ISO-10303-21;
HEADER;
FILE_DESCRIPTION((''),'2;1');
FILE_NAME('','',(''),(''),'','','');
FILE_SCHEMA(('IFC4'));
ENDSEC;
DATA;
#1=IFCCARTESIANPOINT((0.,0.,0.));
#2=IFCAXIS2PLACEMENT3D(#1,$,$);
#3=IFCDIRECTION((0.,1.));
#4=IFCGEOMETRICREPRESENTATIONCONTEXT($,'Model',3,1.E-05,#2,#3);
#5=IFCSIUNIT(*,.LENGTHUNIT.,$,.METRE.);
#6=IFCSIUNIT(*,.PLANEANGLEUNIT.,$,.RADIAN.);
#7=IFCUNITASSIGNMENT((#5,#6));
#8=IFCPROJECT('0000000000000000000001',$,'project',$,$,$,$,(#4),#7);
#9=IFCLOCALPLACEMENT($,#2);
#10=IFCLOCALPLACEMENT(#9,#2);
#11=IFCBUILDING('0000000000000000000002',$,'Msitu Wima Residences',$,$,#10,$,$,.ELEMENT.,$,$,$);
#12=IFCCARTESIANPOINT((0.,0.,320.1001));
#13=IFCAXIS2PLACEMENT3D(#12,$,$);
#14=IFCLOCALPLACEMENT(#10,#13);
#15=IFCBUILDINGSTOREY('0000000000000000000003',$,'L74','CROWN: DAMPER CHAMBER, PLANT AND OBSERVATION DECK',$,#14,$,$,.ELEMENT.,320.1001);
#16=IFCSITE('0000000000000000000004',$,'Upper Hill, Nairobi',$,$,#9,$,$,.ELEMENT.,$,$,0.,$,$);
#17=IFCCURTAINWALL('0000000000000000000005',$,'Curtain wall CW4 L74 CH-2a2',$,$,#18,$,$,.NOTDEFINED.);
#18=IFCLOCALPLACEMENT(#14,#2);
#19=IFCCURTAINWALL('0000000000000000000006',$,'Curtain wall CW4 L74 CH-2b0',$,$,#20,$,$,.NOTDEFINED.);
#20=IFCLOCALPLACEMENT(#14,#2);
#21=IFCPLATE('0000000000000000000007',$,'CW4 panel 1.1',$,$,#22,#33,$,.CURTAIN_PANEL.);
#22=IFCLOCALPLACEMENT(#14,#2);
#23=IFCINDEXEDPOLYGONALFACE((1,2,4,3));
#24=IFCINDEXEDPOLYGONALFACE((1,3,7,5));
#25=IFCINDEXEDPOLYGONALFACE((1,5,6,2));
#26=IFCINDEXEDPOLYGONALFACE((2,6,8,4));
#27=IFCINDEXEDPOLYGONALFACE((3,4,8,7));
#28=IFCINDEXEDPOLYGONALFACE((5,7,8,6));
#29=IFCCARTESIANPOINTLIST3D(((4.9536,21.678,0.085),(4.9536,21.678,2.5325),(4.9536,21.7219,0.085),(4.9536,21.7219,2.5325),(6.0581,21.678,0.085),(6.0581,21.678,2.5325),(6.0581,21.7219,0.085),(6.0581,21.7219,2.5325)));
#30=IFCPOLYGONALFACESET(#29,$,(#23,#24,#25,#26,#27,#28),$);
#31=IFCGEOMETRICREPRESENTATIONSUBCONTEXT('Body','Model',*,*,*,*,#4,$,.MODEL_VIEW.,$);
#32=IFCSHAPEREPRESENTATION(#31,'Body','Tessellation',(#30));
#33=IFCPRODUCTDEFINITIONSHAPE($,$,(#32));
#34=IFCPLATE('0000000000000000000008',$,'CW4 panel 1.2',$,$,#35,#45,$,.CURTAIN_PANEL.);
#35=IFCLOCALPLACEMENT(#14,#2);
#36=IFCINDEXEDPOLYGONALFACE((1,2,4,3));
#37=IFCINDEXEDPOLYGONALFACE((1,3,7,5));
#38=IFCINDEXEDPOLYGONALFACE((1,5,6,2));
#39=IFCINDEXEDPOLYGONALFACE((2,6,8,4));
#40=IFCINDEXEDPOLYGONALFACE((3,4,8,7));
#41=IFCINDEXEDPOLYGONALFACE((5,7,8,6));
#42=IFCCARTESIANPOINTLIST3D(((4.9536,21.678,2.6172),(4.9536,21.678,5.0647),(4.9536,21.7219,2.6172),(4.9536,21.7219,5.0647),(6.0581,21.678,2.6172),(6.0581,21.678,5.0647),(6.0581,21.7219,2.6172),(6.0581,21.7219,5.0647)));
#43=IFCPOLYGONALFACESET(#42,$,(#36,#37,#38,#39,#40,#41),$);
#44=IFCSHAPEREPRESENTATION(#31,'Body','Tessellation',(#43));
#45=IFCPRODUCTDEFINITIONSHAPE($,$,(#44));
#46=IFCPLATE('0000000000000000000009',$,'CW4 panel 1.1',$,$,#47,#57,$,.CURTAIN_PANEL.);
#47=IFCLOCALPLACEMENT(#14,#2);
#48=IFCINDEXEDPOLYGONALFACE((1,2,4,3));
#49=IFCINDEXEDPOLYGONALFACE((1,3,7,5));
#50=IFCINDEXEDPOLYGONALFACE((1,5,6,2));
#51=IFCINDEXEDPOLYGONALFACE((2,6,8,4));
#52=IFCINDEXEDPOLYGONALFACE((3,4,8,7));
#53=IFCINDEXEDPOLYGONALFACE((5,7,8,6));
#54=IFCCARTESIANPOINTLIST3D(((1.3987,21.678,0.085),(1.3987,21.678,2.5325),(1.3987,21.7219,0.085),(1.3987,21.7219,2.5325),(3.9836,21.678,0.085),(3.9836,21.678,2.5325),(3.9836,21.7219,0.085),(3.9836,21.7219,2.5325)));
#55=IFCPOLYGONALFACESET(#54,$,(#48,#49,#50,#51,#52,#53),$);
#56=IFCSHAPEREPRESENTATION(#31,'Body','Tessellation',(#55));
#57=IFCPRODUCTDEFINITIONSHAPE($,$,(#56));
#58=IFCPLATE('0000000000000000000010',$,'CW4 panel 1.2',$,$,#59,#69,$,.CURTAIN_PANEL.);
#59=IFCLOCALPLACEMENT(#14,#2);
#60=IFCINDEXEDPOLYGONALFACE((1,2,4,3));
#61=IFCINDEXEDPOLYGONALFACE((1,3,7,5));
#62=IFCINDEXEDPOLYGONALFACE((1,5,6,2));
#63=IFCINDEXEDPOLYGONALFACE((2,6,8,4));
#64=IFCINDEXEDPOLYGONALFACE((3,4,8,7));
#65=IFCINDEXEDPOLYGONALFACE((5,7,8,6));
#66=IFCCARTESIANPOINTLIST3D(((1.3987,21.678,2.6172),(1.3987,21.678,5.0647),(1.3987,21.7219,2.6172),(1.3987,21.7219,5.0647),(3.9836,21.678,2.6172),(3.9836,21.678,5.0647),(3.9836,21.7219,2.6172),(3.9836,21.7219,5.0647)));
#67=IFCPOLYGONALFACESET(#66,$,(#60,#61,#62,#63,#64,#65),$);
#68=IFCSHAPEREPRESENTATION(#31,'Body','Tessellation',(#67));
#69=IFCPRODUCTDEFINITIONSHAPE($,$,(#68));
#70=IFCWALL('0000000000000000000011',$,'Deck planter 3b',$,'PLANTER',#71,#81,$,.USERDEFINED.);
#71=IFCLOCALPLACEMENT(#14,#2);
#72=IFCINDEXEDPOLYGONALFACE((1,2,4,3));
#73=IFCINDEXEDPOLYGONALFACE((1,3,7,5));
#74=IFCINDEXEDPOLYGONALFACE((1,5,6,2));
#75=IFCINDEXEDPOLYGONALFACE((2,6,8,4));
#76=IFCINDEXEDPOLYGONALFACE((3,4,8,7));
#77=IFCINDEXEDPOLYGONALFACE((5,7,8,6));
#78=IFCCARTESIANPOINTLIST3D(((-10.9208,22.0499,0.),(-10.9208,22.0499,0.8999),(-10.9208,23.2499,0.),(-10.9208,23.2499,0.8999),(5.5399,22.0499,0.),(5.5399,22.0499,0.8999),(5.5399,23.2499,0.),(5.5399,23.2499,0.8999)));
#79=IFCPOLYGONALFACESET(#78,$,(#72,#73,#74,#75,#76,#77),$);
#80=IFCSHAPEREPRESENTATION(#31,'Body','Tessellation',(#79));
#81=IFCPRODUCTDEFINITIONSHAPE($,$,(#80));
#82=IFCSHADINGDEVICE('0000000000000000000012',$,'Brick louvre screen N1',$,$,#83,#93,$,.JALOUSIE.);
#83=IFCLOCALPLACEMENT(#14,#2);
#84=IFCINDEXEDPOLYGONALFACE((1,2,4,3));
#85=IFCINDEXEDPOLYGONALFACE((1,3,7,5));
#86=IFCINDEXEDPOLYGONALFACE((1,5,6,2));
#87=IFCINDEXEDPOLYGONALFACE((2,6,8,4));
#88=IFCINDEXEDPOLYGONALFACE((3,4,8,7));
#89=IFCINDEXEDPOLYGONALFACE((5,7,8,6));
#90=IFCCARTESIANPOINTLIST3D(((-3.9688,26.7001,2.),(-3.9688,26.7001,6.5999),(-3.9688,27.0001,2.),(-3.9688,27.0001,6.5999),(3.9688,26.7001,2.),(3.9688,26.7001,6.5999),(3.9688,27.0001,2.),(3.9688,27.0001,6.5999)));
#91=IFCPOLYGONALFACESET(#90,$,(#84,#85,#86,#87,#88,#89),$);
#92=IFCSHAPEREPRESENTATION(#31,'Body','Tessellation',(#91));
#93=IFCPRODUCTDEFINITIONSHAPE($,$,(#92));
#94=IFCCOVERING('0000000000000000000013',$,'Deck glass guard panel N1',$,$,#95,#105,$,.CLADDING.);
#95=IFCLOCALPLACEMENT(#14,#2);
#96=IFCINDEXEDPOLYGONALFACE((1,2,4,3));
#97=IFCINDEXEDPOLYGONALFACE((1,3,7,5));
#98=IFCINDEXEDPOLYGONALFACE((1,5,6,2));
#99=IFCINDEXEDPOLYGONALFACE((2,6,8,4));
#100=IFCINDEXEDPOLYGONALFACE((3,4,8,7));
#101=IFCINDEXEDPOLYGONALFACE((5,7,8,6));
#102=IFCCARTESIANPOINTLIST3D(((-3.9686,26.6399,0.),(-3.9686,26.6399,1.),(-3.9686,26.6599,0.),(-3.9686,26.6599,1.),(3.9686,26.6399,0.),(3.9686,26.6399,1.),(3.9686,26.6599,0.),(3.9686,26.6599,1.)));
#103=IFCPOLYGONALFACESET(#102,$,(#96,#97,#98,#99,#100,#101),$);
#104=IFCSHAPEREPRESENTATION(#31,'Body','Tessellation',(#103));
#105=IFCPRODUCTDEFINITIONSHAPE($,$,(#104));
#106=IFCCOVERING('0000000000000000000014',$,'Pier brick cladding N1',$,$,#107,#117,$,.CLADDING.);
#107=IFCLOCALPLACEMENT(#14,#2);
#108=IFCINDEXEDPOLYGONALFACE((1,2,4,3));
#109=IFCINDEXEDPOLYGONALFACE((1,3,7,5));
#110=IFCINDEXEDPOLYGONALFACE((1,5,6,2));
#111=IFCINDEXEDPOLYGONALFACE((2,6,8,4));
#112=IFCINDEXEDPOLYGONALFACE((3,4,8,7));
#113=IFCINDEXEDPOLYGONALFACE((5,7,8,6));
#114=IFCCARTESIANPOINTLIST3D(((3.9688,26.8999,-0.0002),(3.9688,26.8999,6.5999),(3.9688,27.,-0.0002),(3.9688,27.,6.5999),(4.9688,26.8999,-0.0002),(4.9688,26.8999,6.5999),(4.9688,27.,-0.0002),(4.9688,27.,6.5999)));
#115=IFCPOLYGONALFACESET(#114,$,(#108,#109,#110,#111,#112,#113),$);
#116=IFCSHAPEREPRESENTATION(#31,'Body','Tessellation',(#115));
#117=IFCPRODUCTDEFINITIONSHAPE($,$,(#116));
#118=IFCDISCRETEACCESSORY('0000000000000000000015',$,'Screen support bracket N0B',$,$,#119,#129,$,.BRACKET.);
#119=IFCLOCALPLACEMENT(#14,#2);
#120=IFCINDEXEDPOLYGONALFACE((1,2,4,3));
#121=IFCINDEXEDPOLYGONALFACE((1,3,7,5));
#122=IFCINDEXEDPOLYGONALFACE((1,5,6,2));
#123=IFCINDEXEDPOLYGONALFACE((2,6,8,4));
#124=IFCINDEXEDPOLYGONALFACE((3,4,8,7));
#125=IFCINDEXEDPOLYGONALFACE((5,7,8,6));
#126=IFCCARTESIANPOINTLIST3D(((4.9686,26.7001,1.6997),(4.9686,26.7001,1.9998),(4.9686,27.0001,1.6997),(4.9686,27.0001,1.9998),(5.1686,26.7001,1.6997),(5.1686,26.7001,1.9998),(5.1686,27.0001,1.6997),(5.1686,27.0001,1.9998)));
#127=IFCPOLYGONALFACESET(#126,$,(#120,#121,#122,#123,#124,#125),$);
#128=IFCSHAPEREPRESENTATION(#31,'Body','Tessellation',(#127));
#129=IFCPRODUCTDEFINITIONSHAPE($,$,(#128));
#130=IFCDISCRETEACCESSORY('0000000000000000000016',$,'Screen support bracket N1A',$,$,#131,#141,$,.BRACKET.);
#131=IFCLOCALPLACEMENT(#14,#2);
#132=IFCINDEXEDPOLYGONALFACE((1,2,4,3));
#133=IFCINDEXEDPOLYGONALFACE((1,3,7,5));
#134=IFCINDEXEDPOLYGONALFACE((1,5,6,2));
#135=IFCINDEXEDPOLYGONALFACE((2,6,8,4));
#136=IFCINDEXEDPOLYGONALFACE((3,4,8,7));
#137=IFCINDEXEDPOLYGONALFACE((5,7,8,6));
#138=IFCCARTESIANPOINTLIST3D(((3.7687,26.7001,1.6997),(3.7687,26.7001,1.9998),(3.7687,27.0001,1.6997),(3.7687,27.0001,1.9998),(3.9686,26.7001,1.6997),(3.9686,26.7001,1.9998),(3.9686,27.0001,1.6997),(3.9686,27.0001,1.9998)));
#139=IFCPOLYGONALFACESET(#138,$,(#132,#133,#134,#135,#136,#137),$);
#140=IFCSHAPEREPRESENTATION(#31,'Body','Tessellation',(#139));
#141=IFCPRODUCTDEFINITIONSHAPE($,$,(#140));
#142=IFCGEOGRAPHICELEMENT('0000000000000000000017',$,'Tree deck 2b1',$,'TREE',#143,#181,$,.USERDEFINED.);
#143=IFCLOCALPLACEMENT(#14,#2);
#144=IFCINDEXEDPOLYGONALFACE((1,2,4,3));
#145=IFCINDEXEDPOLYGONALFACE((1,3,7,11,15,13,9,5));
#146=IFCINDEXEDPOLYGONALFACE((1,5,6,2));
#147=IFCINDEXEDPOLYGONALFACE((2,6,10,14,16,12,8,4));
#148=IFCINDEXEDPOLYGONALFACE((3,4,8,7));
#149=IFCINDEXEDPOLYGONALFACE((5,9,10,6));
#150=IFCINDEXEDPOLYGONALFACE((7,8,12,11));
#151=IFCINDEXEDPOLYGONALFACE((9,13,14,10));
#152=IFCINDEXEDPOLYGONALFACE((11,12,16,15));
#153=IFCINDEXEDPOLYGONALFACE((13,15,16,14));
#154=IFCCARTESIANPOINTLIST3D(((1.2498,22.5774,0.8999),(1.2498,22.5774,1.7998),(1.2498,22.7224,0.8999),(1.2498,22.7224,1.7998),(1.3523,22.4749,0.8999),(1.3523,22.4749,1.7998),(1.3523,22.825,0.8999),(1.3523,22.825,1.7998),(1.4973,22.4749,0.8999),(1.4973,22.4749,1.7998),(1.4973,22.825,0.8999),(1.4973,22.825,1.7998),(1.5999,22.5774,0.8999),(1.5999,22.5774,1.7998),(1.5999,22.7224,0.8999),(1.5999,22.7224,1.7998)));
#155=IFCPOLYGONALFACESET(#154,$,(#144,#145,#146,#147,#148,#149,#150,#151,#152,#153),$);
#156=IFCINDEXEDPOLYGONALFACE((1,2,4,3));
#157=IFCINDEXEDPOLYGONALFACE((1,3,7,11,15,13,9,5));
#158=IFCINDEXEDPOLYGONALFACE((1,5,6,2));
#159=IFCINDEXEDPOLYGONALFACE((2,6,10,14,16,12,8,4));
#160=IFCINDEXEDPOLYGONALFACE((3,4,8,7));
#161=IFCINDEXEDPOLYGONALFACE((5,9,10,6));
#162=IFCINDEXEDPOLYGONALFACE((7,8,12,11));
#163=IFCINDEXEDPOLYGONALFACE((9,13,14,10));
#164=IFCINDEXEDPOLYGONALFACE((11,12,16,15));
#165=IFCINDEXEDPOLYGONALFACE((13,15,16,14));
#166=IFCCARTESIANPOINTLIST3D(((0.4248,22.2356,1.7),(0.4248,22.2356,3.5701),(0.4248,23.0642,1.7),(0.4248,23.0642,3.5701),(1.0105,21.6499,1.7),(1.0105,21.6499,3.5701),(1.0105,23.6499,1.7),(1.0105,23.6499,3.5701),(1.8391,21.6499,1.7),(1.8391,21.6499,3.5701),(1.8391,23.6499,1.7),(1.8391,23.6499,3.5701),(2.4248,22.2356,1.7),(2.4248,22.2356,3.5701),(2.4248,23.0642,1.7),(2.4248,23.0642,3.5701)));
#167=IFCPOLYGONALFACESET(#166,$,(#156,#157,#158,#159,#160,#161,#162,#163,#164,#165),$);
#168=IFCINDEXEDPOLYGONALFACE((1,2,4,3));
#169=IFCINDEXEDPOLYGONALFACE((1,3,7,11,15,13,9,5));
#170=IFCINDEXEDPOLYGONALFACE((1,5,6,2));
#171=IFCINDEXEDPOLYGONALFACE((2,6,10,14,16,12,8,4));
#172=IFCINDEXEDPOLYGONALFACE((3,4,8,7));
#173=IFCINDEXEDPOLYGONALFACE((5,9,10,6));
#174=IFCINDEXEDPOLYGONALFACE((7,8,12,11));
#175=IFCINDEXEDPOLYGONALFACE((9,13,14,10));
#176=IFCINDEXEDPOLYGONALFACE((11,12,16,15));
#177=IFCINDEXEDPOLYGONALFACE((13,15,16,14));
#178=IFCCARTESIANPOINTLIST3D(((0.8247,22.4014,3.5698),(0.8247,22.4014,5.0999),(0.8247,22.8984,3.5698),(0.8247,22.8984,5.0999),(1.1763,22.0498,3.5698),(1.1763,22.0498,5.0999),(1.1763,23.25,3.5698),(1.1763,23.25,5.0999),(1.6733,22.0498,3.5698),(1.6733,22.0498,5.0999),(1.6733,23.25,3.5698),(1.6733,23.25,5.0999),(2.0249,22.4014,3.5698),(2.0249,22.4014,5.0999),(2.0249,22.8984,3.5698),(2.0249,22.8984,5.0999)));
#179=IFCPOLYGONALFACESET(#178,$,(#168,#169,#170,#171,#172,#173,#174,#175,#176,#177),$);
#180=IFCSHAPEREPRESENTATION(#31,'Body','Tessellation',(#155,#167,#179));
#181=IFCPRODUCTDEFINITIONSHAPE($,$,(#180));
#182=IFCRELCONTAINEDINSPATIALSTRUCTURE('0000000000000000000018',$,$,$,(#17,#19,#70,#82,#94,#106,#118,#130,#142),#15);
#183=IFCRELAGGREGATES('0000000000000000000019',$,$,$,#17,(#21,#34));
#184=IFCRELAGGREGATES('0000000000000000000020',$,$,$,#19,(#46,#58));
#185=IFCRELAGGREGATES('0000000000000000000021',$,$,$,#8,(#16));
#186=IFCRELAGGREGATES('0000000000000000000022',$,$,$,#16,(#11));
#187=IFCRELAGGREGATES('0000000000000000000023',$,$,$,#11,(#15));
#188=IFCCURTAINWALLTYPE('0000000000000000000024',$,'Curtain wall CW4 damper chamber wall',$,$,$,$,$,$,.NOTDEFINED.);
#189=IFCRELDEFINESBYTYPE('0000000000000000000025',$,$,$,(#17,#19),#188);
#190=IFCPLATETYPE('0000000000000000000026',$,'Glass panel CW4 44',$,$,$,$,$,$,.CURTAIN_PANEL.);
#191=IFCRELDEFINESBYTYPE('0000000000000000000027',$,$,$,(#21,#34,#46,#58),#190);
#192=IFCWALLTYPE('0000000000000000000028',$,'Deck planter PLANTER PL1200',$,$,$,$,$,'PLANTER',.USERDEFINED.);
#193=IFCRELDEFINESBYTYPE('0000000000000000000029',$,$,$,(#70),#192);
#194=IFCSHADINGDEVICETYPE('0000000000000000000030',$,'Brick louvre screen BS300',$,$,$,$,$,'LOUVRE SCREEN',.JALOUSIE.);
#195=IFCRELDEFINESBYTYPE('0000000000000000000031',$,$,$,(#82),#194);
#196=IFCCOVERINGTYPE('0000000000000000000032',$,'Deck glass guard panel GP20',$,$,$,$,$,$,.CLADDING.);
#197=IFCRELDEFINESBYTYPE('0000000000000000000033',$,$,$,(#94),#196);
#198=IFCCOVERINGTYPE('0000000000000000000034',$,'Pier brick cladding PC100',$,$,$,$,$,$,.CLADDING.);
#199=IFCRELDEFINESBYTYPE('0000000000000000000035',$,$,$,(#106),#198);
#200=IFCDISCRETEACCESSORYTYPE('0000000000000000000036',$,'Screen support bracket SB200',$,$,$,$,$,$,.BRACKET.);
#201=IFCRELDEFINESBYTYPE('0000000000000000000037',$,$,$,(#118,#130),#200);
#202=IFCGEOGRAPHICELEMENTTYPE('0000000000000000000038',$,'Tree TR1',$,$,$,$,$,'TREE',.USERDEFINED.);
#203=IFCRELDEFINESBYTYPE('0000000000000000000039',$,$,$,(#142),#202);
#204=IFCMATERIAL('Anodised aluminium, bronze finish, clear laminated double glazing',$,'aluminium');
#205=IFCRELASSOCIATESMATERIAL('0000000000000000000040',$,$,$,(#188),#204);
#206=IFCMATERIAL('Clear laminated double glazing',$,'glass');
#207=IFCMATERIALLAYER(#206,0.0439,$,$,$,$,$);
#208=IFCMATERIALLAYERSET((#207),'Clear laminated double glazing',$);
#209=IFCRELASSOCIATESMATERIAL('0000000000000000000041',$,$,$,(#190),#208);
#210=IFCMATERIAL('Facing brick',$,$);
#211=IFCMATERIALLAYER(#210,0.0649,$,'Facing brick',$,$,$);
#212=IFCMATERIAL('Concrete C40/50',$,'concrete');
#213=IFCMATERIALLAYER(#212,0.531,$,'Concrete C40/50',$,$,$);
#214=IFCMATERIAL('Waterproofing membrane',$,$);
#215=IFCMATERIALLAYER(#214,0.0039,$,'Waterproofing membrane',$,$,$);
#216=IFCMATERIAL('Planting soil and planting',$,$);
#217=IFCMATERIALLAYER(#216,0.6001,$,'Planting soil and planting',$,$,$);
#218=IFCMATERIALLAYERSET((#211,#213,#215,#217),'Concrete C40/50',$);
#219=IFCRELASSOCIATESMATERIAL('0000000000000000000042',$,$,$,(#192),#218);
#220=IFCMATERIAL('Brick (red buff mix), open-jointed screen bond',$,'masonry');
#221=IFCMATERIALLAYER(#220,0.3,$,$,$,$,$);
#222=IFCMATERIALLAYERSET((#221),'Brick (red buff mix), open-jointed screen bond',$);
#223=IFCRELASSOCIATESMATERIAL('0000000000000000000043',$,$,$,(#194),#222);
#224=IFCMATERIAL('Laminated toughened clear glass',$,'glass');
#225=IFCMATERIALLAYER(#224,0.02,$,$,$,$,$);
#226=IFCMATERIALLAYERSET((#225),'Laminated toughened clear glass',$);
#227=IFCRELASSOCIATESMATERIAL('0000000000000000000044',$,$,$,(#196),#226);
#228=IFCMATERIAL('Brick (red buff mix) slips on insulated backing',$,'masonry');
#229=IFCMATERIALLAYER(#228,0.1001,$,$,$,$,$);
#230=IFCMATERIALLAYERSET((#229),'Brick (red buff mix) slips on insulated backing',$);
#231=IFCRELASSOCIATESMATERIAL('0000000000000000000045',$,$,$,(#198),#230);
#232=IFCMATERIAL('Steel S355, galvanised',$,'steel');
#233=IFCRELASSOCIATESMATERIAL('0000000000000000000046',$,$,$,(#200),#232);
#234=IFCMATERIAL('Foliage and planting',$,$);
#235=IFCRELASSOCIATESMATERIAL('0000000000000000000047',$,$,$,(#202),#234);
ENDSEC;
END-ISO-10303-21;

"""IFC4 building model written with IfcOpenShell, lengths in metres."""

from ifc_helpers import new_model, si_unit, direction, frame, frame_2d, origin, origin_2d, place, context, subcontext, project, spatial, polyline, rectangle, outline, extrude, material, layer, layer_set, type_object, element, aggregate, save


model = new_model("IFC4")

# Units and contexts
model_context = context("Model", 3, precision=1e-05, world=origin(), true_north=direction((0.0, 1.0)))
body_context = subcontext(model_context, "Body", "Model", "MODEL_VIEW")
ifc_project = project(units=[si_unit("LENGTHUNIT", "METRE"), si_unit("PLANEANGLEUNIT", "RADIAN")], contexts=[model_context])

# Site, building, storey
site_placement = place(None, origin())
site = spatial("IfcSite", under=ifc_project, at=site_placement, Name="Upper Hill, Nairobi", CompositionType="ELEMENT", RefElevation=0.0)
building_placement = place(site_placement, origin())
building = spatial("IfcBuilding", under=site, at=building_placement, Name="Msitu Wima Residences", CompositionType="ELEMENT")
storey_placement = place(building_placement, frame((0.0, 0.0, 320.1001)))
storey = spatial("IfcBuildingStorey", under=building, at=storey_placement, Name="L74", Description="CROWN: DAMPER CHAMBER, PLANT AND OBSERVATION DECK", CompositionType="ELEMENT", Elevation=320.1001)

# Curtain wall
ifc_material_1 = material(Name="Anodised aluminium, bronze finish, clear laminated double glazing", Category="aluminium")
curtain_wall_type = type_object("IfcCurtainWallType", Name="Curtain wall CW4 damper chamber wall", PredefinedType="NOTDEFINED", material=ifc_material_1)
curtain_wall_1_placement = place(storey_placement, origin())
curtain_wall_1 = element("IfcCurtainWall", 1, at=curtain_wall_1_placement, inside=storey, type_object=curtain_wall_type, Name="Curtain wall CW4 L74 CH-2a2", PredefinedType="NOTDEFINED")

# Curtain wall
curtain_wall_2_placement = place(storey_placement, origin())
curtain_wall_2 = element("IfcCurtainWall", 2, at=curtain_wall_2_placement, inside=storey, type_object=curtain_wall_type, Name="Curtain wall CW4 L74 CH-2b0", PredefinedType="NOTDEFINED")

# Plates
ifc_material_2 = material(Name="Clear laminated double glazing", Category="glass")
ifc_layer_1 = layer(ifc_material_2, 0.0439)
ifc_layer_set_1 = layer_set([ifc_layer_1], Name="Clear laminated double glazing")
plate_type = type_object("IfcPlateType", Name="Glass panel CW4 44", PredefinedType="CURTAIN_PANEL", material=ifc_layer_set_1)
plate_1_placement = place(storey_placement, frame((5.5059, 21.7, 0.085), z_axis=(0.0, 0.0, 1.0), x_axis=(-1.0, 0.0, 0.0)))
plate_1 = element("IfcPlate", 3, at=plate_1_placement, type_object=plate_type, Name="CW4 panel 1.1", PredefinedType="CURTAIN_PANEL", context=body_context, shape_type="SweptSolid", body=[
    extrude(rectangle(XDim=1.1045, YDim=0.0439, at=origin_2d()), origin(), (0.0, 0.0, 1.0), 2.4475),
])
plate_2_placement = place(storey_placement, frame((5.5059, 21.7, 2.6172), z_axis=(0.0, 0.0, 1.0), x_axis=(-1.0, 0.0, 0.0)))
plate_2 = element("IfcPlate", 4, at=plate_2_placement, type_object=plate_type, Name="CW4 panel 1.2", PredefinedType="CURTAIN_PANEL", context=body_context, shape_type="SweptSolid", body=[
    extrude(rectangle(XDim=1.1045, YDim=0.0439, at=origin_2d()), origin(), (0.0, 0.0, 1.0), 2.4475),
])
aggregate(curtain_wall_1, [plate_1, plate_2])
plate_3_placement = place(storey_placement, frame((2.6912, 21.7, 0.085), z_axis=(0.0, 0.0, 1.0), x_axis=(-1.0, 0.0, 0.0)))
plate_3 = element("IfcPlate", 5, at=plate_3_placement, type_object=plate_type, Name="CW4 panel 1.1", PredefinedType="CURTAIN_PANEL", context=body_context, shape_type="SweptSolid", body=[
    extrude(rectangle(XDim=2.585, YDim=0.0439, at=origin_2d()), origin(), (0.0, 0.0, 1.0), 2.4475),
])
plate_4_placement = place(storey_placement, frame((2.6912, 21.7, 2.6172), z_axis=(0.0, 0.0, 1.0), x_axis=(-1.0, 0.0, 0.0)))
plate_4 = element("IfcPlate", 6, at=plate_4_placement, type_object=plate_type, Name="CW4 panel 1.2", PredefinedType="CURTAIN_PANEL", context=body_context, shape_type="SweptSolid", body=[
    extrude(rectangle(XDim=2.585, YDim=0.0439, at=origin_2d()), origin(), (0.0, 0.0, 1.0), 2.4475),
])
aggregate(curtain_wall_2, [plate_3, plate_4])

# Wall
ifc_material_3 = material(Name="Facing brick")
ifc_layer_2 = layer(ifc_material_3, 0.0649, Name="Facing brick")
ifc_material_4 = material(Name="Concrete C40/50", Category="concrete")
ifc_layer_3 = layer(ifc_material_4, 0.531, Name="Concrete C40/50")
ifc_material_5 = material(Name="Waterproofing membrane")
ifc_layer_4 = layer(ifc_material_5, 0.0039, Name="Waterproofing membrane")
ifc_material_6 = material(Name="Planting soil and planting")
ifc_layer_5 = layer(ifc_material_6, 0.6001, Name="Planting soil and planting")
ifc_layer_set_2 = layer_set([ifc_layer_2, ifc_layer_3, ifc_layer_4, ifc_layer_5], Name="Concrete C40/50")
wall_type = type_object("IfcWallType", Name="Deck planter PLANTER PL1200", ElementType="PLANTER", PredefinedType="USERDEFINED", material=ifc_layer_set_2)
wall_placement = place(storey_placement, frame((5.54, 22.6499, 0.0), z_axis=(0.0, 0.0, 1.0), x_axis=(-1.0, 0.0, 0.0)))
element("IfcWall", 7, at=wall_placement, inside=storey, type_object=wall_type, Name="Deck planter 3b", ObjectType="PLANTER", PredefinedType="USERDEFINED", context=body_context, shape_type="SweptSolid", body=[
    extrude(rectangle(XDim=16.4607, YDim=1.2, at=frame_2d((8.2305, 0.0))), origin(), (0.0, 0.0, 1.0), 0.8999),
])

# Shading device
ifc_material_7 = material(Name="Brick (red buff mix), open-jointed screen bond", Category="masonry")
ifc_layer_6 = layer(ifc_material_7, 0.3)
ifc_layer_set_3 = layer_set([ifc_layer_6], Name="Brick (red buff mix), open-jointed screen bond")
shading_device_type = type_object("IfcShadingDeviceType", Name="Brick louvre screen BS300", ElementType="LOUVRE SCREEN", PredefinedType="JALOUSIE", material=ifc_layer_set_3)
shading_device_placement = place(storey_placement, frame((3.9688, 26.8501, 2.0), z_axis=(0.0, 0.0, 1.0), x_axis=(-1.0, 0.0, 0.0)))
element("IfcShadingDevice", 8, at=shading_device_placement, inside=storey, type_object=shading_device_type, Name="Brick louvre screen N1", PredefinedType="JALOUSIE", context=body_context, shape_type="SweptSolid", body=[
    extrude(rectangle(XDim=7.9375, YDim=0.3, at=frame_2d((3.9688, 0.0))), origin(), (0.0, 0.0, 1.0), 4.5999),
])

# Coverings
ifc_material_8 = material(Name="Laminated toughened clear glass", Category="glass")
ifc_layer_7 = layer(ifc_material_8, 0.02)
ifc_layer_set_4 = layer_set([ifc_layer_7], Name="Laminated toughened clear glass")
covering_type_1 = type_object("IfcCoveringType", Name="Deck glass guard panel GP20", PredefinedType="CLADDING", material=ifc_layer_set_4)
covering_1_placement = place(storey_placement, frame((0.0, 26.6499, 0.0), z_axis=(0.0, 0.0, 1.0), x_axis=(-1.0, 0.0, 0.0)))
element("IfcCovering", 9, at=covering_1_placement, inside=storey, type_object=covering_type_1, Name="Deck glass guard panel N1", PredefinedType="CLADDING", context=body_context, shape_type="SweptSolid", body=[
    extrude(rectangle(XDim=7.9373, YDim=0.02, at=origin_2d()), origin(), (0.0, 0.0, 1.0), 1.0),
])
ifc_material_9 = material(Name="Brick (red buff mix) slips on insulated backing", Category="masonry")
ifc_layer_8 = layer(ifc_material_9, 0.1001)
ifc_layer_set_5 = layer_set([ifc_layer_8], Name="Brick (red buff mix) slips on insulated backing")
covering_type_2 = type_object("IfcCoveringType", Name="Pier brick cladding PC100", PredefinedType="CLADDING", material=ifc_layer_set_5)
covering_2_placement = place(storey_placement, frame((4.4688, 26.95, -0.0002), z_axis=(0.0, 0.0, 1.0), x_axis=(-1.0, 0.0, 0.0)))
element("IfcCovering", 10, at=covering_2_placement, inside=storey, type_object=covering_type_2, Name="Pier brick cladding N1", PredefinedType="CLADDING", context=body_context, shape_type="SweptSolid", body=[
    extrude(rectangle(XDim=1.0, YDim=0.1001, at=origin_2d()), origin(), (0.0, 0.0, 1.0), 6.6001),
])

# Discrete accessories
ifc_material_10 = material(Name="Steel S355, galvanised", Category="steel")
discrete_accessory_type = type_object("IfcDiscreteAccessoryType", Name="Screen support bracket SB200", PredefinedType="BRACKET", material=ifc_material_10)
for number, where, z_axis, x_axis, name in (
    (11, (5.0686, 26.8501, 1.6997), (0.0, 0.0, 1.0), (-1.0, 0.0, 0.0), "Screen support bracket N0B"),
    (12, (3.8687, 26.8501, 1.6997), (0.0, 0.0, 1.0), (-1.0, 0.0, 0.0), "Screen support bracket N1A"),
):
    element("IfcDiscreteAccessory", number, at=place(storey_placement, frame(where, z_axis=z_axis, x_axis=x_axis)), inside=storey, type_object=discrete_accessory_type, Name=name, PredefinedType="BRACKET", context=body_context, shape_type="SweptSolid", body=[
        extrude(rectangle(XDim=0.2, YDim=0.3, at=origin_2d()), origin(), (0.0, 0.0, 1.0), 0.3),
    ])

# Geographic element
ifc_material_11 = material(Name="Foliage and planting")
geographic_element_type = type_object("IfcGeographicElementType", Name="Tree TR1", ElementType="TREE", PredefinedType="USERDEFINED", material=ifc_material_11)
geographic_element_placement = place(storey_placement, frame((1.4248, 22.6499, 0.8999), z_axis=(0.0, 0.0, 1.0), x_axis=(1.0, 0.0, 0.0)))
element("IfcGeographicElement", 13, at=geographic_element_placement, inside=storey, type_object=geographic_element_type, Name="Tree deck 2b1", ObjectType="TREE", PredefinedType="USERDEFINED", context=body_context, shape_type="SweptSolid", body=[
    extrude(outline(polyline([(0.175, 0.0725), (0.0725, 0.175), (-0.0725, 0.175), (-0.175, 0.0725), (-0.175, -0.0725), (-0.0725, -0.175), (0.0725, -0.175), (0.175, -0.0725), (0.175, 0.0725)])), origin(), (0.0, 0.0, 1.0), 0.8999),
    extrude(outline(polyline([(1.0, 0.4143), (0.4143, 1.0), (-0.4143, 1.0), (-1.0, 0.4143), (-1.0, -0.4143), (-0.4143, -1.0), (0.4143, -1.0), (1.0, -0.4143), (1.0, 0.4143)])), frame((0.0, 0.0, 0.8)), (0.0, 0.0, 1.0), 1.8701),
    extrude(outline(polyline([(0.6001, 0.2485), (0.2485, 0.6001), (-0.2485, 0.6001), (-0.6001, 0.2485), (-0.6001, -0.2485), (-0.2485, -0.6001), (0.2485, -0.6001), (0.6001, -0.2485), (0.6001, 0.2485)])), frame((0.0, 0.0, 2.6699)), (0.0, 0.0, 1.0), 1.53),
])

save(model, "model.ifc")
